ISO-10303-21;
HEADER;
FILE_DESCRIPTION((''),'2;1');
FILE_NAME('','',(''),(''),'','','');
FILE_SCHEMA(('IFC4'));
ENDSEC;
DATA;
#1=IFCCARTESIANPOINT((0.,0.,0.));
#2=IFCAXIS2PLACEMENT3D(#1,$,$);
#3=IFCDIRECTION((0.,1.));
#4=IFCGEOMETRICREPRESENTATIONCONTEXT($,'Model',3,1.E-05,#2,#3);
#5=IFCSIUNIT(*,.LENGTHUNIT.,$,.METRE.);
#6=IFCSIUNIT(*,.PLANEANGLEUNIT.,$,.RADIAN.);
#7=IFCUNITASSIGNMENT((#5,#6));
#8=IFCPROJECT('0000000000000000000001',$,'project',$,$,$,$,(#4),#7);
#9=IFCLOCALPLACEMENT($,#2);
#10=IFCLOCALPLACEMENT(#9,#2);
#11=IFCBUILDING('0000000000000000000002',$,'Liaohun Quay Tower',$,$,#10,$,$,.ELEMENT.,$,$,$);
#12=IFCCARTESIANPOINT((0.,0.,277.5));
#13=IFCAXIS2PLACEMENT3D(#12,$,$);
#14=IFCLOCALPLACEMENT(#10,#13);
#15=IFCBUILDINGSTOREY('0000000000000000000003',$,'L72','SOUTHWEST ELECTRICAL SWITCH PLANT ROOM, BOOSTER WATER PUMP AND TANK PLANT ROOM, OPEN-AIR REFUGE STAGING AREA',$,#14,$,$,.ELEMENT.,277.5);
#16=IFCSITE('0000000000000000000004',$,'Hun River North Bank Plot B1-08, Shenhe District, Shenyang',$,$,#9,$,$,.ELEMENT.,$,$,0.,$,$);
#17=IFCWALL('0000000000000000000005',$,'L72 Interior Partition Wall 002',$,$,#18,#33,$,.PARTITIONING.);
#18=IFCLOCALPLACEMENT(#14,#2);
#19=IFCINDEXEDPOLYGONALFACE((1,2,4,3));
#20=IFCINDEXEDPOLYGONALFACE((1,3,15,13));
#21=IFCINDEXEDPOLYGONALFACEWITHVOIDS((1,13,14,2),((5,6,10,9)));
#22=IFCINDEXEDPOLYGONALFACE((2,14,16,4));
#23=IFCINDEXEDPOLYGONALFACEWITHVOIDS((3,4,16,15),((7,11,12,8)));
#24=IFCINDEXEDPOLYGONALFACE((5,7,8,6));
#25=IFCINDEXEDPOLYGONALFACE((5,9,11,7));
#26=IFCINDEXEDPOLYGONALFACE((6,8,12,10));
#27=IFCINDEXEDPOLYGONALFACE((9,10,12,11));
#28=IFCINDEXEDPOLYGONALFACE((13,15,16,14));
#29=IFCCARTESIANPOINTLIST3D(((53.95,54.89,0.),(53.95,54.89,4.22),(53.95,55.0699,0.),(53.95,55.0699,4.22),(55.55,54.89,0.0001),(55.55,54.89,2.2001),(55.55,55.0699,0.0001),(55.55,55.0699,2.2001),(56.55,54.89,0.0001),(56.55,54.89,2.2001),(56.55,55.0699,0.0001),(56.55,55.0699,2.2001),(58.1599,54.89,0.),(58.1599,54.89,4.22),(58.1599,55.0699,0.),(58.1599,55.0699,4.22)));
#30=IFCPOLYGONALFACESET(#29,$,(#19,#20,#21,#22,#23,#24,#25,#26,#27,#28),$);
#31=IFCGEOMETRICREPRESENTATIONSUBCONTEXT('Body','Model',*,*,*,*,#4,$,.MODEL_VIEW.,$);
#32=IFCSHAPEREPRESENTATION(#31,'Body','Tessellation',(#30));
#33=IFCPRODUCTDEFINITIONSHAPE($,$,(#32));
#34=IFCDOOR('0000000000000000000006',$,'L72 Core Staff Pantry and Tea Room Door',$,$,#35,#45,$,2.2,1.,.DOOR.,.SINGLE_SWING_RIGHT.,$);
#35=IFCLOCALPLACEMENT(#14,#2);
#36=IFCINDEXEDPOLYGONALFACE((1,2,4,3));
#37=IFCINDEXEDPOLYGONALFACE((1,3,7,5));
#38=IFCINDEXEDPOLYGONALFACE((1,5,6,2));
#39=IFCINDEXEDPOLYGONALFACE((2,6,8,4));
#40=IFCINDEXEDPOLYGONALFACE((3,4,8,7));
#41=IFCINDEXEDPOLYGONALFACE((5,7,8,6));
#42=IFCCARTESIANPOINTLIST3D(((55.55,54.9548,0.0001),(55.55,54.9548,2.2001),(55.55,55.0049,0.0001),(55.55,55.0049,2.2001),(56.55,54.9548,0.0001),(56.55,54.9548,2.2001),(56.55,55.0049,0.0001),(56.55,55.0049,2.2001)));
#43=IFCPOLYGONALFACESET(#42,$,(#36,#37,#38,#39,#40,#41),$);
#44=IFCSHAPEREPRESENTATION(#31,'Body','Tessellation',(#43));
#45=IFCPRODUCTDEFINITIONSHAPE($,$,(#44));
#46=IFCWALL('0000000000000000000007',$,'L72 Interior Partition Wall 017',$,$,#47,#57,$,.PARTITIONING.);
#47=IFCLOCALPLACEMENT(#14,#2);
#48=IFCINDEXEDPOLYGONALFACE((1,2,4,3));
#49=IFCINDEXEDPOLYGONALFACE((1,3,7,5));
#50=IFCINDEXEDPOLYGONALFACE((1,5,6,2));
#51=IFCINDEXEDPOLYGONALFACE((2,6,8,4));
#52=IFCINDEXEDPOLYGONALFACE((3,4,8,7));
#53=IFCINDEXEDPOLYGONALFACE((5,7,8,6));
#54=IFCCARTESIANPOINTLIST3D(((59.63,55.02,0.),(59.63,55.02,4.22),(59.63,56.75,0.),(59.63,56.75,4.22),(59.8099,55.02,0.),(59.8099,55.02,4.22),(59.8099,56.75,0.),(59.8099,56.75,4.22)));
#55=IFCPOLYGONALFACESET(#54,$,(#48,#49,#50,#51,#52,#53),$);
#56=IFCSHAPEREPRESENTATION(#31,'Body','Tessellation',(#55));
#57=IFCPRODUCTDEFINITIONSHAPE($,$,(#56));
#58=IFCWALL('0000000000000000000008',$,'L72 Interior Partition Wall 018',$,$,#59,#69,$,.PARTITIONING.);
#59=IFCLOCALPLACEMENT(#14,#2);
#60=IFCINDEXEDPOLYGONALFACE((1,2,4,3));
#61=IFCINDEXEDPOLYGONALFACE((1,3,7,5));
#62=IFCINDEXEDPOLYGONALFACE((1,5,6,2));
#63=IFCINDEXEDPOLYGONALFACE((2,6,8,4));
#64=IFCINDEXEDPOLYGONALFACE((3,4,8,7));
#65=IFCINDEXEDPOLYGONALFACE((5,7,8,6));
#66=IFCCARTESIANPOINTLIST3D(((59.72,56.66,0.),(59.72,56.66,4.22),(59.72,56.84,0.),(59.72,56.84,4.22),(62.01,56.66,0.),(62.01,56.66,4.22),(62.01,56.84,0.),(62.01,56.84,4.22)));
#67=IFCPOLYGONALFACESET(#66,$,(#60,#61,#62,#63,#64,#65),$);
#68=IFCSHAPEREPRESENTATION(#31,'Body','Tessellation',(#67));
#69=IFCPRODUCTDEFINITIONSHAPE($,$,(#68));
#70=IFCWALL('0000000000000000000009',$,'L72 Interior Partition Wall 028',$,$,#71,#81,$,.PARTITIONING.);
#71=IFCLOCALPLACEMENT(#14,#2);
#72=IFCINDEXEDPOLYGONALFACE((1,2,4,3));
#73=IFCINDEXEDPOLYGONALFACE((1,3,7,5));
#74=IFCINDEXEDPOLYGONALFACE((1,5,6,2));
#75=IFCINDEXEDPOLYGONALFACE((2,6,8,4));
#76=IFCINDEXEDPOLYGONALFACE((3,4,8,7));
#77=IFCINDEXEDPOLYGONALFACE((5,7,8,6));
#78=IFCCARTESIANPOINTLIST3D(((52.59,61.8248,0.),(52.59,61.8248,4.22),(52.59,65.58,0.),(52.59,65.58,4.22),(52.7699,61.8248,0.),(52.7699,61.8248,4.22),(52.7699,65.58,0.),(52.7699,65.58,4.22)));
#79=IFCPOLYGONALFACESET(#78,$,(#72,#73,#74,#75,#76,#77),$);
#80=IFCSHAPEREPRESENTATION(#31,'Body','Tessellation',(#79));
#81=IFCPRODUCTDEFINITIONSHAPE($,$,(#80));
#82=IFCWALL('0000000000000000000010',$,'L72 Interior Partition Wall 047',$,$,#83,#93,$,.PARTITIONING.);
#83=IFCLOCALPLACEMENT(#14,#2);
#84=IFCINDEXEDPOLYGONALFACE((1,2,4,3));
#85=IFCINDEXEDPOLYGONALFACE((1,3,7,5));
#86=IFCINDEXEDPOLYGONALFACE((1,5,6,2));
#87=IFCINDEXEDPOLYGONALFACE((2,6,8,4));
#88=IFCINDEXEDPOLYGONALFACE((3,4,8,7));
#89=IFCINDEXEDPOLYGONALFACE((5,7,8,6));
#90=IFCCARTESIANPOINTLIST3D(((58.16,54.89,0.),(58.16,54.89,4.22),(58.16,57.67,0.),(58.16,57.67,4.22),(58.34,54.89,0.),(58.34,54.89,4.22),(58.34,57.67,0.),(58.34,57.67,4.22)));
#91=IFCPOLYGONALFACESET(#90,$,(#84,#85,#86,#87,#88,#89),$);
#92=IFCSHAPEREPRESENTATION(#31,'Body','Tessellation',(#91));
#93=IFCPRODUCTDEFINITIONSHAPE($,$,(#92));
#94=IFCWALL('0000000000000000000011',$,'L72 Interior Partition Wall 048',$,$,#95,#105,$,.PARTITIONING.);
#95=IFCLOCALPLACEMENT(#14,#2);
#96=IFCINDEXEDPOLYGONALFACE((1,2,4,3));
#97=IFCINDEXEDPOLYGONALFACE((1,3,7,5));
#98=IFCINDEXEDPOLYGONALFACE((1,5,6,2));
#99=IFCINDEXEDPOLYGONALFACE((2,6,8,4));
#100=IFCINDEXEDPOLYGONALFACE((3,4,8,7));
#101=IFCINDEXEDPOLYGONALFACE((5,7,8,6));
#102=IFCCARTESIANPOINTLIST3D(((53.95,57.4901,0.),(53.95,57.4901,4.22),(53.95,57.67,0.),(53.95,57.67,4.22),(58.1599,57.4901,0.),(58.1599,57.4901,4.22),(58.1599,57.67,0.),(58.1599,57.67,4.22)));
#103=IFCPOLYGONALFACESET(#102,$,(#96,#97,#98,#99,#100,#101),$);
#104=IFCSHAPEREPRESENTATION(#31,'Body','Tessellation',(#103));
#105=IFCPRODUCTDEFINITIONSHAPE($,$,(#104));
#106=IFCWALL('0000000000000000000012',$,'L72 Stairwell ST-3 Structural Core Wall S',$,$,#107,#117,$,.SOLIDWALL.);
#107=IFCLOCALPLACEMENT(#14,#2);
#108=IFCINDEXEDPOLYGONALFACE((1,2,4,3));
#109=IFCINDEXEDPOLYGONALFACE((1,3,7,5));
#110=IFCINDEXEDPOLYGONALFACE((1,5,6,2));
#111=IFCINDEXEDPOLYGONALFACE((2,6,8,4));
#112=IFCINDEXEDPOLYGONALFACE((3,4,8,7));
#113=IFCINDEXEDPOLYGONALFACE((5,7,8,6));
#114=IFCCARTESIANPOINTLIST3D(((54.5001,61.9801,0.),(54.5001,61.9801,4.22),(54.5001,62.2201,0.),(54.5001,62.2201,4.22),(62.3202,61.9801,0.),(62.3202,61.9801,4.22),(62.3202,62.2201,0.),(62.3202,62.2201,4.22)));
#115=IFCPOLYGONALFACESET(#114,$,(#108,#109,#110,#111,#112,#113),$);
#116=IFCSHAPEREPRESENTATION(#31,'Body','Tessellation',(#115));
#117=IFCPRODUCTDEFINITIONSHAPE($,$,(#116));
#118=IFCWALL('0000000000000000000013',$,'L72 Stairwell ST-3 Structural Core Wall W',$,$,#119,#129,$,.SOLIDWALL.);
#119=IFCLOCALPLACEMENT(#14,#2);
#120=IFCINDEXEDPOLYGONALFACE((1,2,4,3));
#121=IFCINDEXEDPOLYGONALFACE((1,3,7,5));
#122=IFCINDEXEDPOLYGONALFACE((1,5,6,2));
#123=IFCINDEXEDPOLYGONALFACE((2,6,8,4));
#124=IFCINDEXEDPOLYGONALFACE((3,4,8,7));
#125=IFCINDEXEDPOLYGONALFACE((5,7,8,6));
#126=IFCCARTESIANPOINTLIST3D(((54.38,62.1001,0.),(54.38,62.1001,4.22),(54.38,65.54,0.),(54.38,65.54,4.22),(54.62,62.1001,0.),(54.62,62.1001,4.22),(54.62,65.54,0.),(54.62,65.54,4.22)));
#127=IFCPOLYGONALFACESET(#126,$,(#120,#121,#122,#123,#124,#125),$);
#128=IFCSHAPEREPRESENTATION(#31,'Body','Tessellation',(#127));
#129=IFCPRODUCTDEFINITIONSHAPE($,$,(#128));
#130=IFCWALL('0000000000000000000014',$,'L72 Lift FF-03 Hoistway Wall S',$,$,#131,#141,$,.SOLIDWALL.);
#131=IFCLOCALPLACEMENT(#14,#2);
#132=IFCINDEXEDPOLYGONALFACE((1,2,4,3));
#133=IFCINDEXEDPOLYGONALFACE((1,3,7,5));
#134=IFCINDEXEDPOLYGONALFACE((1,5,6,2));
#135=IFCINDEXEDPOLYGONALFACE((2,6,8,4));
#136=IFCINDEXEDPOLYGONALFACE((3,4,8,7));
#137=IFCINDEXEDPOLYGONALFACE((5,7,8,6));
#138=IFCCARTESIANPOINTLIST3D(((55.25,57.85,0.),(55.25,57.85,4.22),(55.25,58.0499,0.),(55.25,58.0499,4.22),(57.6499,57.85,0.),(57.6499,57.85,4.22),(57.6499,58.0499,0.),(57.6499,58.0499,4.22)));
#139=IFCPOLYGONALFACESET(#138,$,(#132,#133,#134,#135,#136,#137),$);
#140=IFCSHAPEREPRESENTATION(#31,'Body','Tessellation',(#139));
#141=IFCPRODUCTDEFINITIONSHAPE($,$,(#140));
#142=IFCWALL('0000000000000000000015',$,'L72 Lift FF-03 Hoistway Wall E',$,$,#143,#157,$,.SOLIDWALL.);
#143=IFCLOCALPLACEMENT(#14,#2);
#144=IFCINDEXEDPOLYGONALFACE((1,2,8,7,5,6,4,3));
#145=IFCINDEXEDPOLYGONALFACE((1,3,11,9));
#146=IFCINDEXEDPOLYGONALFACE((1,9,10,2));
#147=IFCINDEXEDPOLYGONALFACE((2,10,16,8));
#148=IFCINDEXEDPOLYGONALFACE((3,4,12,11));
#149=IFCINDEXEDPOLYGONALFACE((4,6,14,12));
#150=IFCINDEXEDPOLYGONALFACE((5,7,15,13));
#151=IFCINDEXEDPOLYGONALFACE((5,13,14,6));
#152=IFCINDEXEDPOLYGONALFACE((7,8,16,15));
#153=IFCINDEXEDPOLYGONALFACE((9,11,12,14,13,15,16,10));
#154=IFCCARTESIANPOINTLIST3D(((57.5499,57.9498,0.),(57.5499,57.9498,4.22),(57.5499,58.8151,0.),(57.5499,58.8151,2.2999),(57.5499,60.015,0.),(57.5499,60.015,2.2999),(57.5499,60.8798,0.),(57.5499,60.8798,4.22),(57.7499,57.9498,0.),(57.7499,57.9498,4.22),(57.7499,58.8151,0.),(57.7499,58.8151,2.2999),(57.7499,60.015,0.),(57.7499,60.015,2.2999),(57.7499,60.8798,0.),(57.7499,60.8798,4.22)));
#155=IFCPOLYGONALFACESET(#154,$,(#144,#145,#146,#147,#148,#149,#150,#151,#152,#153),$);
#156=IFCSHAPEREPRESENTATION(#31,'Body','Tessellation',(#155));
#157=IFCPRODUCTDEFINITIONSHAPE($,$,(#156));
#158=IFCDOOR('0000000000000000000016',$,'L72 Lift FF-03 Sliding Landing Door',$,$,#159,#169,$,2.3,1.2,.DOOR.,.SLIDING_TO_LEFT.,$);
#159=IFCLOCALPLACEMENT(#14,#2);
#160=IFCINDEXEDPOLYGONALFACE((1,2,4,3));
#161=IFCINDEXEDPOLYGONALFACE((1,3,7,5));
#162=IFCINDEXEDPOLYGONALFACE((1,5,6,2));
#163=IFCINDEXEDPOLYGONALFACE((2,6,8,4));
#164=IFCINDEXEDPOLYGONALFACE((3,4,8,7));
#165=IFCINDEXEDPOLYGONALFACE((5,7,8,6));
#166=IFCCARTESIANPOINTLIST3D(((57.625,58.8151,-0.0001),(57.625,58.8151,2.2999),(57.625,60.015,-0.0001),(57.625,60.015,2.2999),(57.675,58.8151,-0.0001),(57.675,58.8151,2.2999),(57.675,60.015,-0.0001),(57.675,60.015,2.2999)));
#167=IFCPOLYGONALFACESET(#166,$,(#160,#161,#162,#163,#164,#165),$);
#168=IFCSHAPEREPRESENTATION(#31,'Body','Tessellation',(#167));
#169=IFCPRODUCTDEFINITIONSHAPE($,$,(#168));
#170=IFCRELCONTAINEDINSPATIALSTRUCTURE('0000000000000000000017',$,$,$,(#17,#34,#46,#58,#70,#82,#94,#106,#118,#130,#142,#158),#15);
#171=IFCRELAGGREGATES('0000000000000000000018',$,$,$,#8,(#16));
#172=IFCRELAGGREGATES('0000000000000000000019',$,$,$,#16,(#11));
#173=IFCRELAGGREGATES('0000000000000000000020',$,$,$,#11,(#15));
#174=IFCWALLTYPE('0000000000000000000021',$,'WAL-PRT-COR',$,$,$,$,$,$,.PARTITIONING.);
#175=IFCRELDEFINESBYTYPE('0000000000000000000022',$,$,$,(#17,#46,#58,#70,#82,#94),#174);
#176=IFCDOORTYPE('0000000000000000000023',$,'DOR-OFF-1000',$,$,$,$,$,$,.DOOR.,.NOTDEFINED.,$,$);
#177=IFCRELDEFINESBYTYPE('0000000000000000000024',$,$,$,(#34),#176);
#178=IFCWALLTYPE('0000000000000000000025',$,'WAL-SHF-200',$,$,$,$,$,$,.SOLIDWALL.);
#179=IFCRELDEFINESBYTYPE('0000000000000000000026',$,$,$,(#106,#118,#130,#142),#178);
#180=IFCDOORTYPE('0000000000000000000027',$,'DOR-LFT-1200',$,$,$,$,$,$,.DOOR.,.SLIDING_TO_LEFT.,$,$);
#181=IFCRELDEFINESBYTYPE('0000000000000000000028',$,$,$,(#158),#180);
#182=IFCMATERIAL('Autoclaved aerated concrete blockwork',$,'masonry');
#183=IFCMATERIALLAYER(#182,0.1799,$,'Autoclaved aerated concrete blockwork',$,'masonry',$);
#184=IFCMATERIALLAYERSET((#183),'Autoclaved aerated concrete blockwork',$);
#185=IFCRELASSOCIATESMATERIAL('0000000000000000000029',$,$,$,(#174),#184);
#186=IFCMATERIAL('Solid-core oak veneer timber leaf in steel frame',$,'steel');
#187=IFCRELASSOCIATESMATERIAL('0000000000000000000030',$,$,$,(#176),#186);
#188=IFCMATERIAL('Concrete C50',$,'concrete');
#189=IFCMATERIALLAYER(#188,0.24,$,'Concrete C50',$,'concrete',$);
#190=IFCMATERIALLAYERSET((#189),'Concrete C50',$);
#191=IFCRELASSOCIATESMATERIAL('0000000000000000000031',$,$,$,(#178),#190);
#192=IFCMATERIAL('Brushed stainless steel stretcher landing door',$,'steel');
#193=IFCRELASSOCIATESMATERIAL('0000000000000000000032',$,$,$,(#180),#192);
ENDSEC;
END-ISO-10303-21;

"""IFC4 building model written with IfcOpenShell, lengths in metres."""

from ifc_helpers import new_model, si_unit, direction, frame, frame_2d, origin, place, context, subcontext, project, spatial, rectangle, extrude, source, transform, mapped, material, layer, layer_set, type_object, element, fill, save


model = new_model("IFC4")

# Units and contexts
model_context = context("Model", 3, precision=1e-05, world=origin(), true_north=direction((0.0, 1.0)))
body_context = subcontext(model_context, "Body", "Model", "MODEL_VIEW")
ifc_project = project(units=[si_unit("LENGTHUNIT", "METRE"), si_unit("PLANEANGLEUNIT", "RADIAN")], contexts=[model_context])

# Site, building, storey
site_placement = place(None, origin())
site = spatial("IfcSite", under=ifc_project, at=site_placement, Name="Hun River North Bank Plot B1-08, Shenhe District, Shenyang", CompositionType="ELEMENT", RefElevation=0.0)
building_placement = place(site_placement, origin())
building = spatial("IfcBuilding", under=site, at=building_placement, Name="Liaohun Quay Tower", CompositionType="ELEMENT")
storey_placement = place(building_placement, frame((0.0, 0.0, 277.5)))
storey = spatial("IfcBuildingStorey", under=building, at=storey_placement, Name="L72", Description="SOUTHWEST ELECTRICAL SWITCH PLANT ROOM, BOOSTER WATER PUMP AND TANK PLANT ROOM, OPEN-AIR REFUGE STAGING AREA", CompositionType="ELEMENT", Elevation=277.5)

# Wall, opening, door
ifc_material_1 = material(Name="Autoclaved aerated concrete blockwork", Category="masonry")
ifc_layer_1 = layer(ifc_material_1, 0.1799, Name="Autoclaved aerated concrete blockwork", Category="masonry")
ifc_layer_set_1 = layer_set([ifc_layer_1], Name="Autoclaved aerated concrete blockwork")
wall_type_1 = type_object("IfcWallType", Name="WAL-PRT-COR", PredefinedType="PARTITIONING", material=ifc_layer_set_1)
wall_1_placement = place(storey_placement, frame((53.95, 54.98, 0.0), z_axis=(0.0, 0.0, 1.0), x_axis=(1.0, 0.0, 0.0)))
wall_1 = element("IfcWall", 1, at=wall_1_placement, inside=storey, type_object=wall_type_1, Name="L72 Interior Partition Wall 002", PredefinedType="PARTITIONING", context=body_context, shape_type="SweptSolid", body=[
    extrude(rectangle(XDim=4.21, YDim=0.1799, at=frame_2d((2.105, 0.0))), origin(), (0.0, 0.0, 1.0), 4.22),
])
shared_shape_1 = source(origin(), body_context, "Body", "SweptSolid", [
    extrude(rectangle(XDim=1.0, YDim=2.2, at=frame_2d((0.5, 1.1001))), frame((0.0, 0.0999, 0.0), z_axis=(0.0, -1.0, 0.0), x_axis=(1.0, 0.0, 0.0)), (0.0, 0.0, 1.0), 0.2),
])
opening_1_placement = place(wall_1_placement, frame((1.6001, 0.0, 0.0)))
opening_1 = element("IfcOpeningElement", 2, at=opening_1_placement, cuts=wall_1, PredefinedType="OPENING", context=body_context, shape_type="MappedRepresentation", body=[
    mapped(shared_shape_1, transform((0.0, 0.0, 0.0), x_axis=(1.0, 0.0, 0.0), y_axis=(0.0, 1.0, 0.0), z_axis=(0.0, 0.0, 1.0), scale=1.0)),
])
ifc_material_2 = material(Name="Solid-core oak veneer timber leaf in steel frame", Category="steel")
door_type_1 = type_object("IfcDoorType", Name="DOR-OFF-1000", OperationType="NOTDEFINED", PredefinedType="DOOR", material=ifc_material_2)
shared_shape_2 = source(origin(), body_context, "Body", "SweptSolid", [
    extrude(rectangle(XDim=1.0, YDim=2.2, at=frame_2d((0.5, 1.1001))), frame((0.0, 0.0249, 0.0), z_axis=(0.0, -1.0, 0.0), x_axis=(1.0, 0.0, 0.0)), (0.0, 0.0, 1.0), 0.05),
])
door_1_placement = place(opening_1_placement, origin())
door_1 = element("IfcDoor", 3, at=door_1_placement, inside=storey, type_object=door_type_1, Name="L72 Core Staff Pantry and Tea Room Door", OperationType="SINGLE_SWING_RIGHT", OverallHeight=2.2, OverallWidth=1.0, PredefinedType="DOOR", context=body_context, shape_type="MappedRepresentation", body=[
    mapped(shared_shape_2, transform((0.0, 0.0, 0.0), x_axis=(1.0, 0.0, 0.0), y_axis=(0.0, 1.0, 0.0), z_axis=(0.0, 0.0, 1.0), scale=1.0)),
])
fill(opening_1, door_1)

# Walls
wall_2_placement = place(storey_placement, frame((59.72, 55.02, 0.0), z_axis=(0.0, 0.0, 1.0), x_axis=(0.0, 1.0, 0.0)))
element("IfcWall", 4, at=wall_2_placement, inside=storey, type_object=wall_type_1, Name="L72 Interior Partition Wall 017", PredefinedType="PARTITIONING", context=body_context, shape_type="SweptSolid", body=[
    extrude(rectangle(XDim=1.73, YDim=0.1799, at=frame_2d((0.865, 0.0))), origin(), (0.0, 0.0, 1.0), 4.22),
])
wall_3_placement = place(storey_placement, frame((59.72, 56.75, 0.0), z_axis=(0.0, 0.0, 1.0), x_axis=(1.0, 0.0, 0.0)))
element("IfcWall", 5, at=wall_3_placement, inside=storey, type_object=wall_type_1, Name="L72 Interior Partition Wall 018", PredefinedType="PARTITIONING", context=body_context, shape_type="SweptSolid", body=[
    extrude(rectangle(XDim=2.29, YDim=0.1799, at=frame_2d((1.145, 0.0))), origin(), (0.0, 0.0, 1.0), 4.22),
])
wall_4_placement = place(storey_placement, frame((52.6799, 61.825, 0.0), z_axis=(0.0, 0.0, 1.0), x_axis=(0.0, 1.0, 0.0)))
element("IfcWall", 6, at=wall_4_placement, inside=storey, type_object=wall_type_1, Name="L72 Interior Partition Wall 028", PredefinedType="PARTITIONING", context=body_context, shape_type="SweptSolid", body=[
    extrude(rectangle(XDim=3.7551, YDim=0.1799, at=frame_2d((1.8774, 0.0))), origin(), (0.0, 0.0, 1.0), 4.22),
])
wall_5_placement = place(storey_placement, frame((58.25, 54.8899, 0.0), z_axis=(0.0, 0.0, 1.0), x_axis=(0.0, 1.0, 0.0)))
element("IfcWall", 7, at=wall_5_placement, inside=storey, type_object=wall_type_1, Name="L72 Interior Partition Wall 047", PredefinedType="PARTITIONING", context=body_context, shape_type="SweptSolid", body=[
    extrude(rectangle(XDim=2.78, YDim=0.1799, at=frame_2d((1.3901, 0.0))), origin(), (0.0, 0.0, 1.0), 4.22),
])
wall_6_placement = place(storey_placement, frame((53.95, 57.5801, 0.0), z_axis=(0.0, 0.0, 1.0), x_axis=(1.0, 0.0, 0.0)))
element("IfcWall", 8, at=wall_6_placement, inside=storey, type_object=wall_type_1, Name="L72 Interior Partition Wall 048", PredefinedType="PARTITIONING", context=body_context, shape_type="SweptSolid", body=[
    extrude(rectangle(XDim=4.21, YDim=0.1799, at=frame_2d((2.105, 0.0))), origin(), (0.0, 0.0, 1.0), 4.22),
])
ifc_material_3 = material(Name="Concrete C50", Category="concrete")
ifc_layer_2 = layer(ifc_material_3, 0.24, Name="Concrete C50", Category="concrete")
ifc_layer_set_2 = layer_set([ifc_layer_2], Name="Concrete C50")
wall_type_2 = type_object("IfcWallType", Name="WAL-SHF-200", PredefinedType="SOLIDWALL", material=ifc_layer_set_2)
wall_7_placement = place(storey_placement, frame((54.5, 62.1001, 0.0), z_axis=(0.0, 0.0, 1.0), x_axis=(1.0, 0.0, 0.0)))
element("IfcWall", 9, at=wall_7_placement, inside=storey, type_object=wall_type_2, Name="L72 Stairwell ST-3 Structural Core Wall S", PredefinedType="SOLIDWALL", context=body_context, shape_type="SweptSolid", body=[
    extrude(rectangle(XDim=7.8201, YDim=0.24, at=frame_2d((3.9102, 0.0))), origin(), (0.0, 0.0, 1.0), 4.22),
])
wall_8_placement = place(storey_placement, frame((54.5, 65.54, 0.0), z_axis=(0.0, 0.0, 1.0), x_axis=(0.0, -1.0, 0.0)))
element("IfcWall", 10, at=wall_8_placement, inside=storey, type_object=wall_type_2, Name="L72 Stairwell ST-3 Structural Core Wall W", PredefinedType="SOLIDWALL", context=body_context, shape_type="SweptSolid", body=[
    extrude(rectangle(XDim=3.4399, YDim=0.24, at=frame_2d((1.72, 0.0))), origin(), (0.0, 0.0, 1.0), 4.22),
])
wall_9_placement = place(storey_placement, frame((55.25, 57.95, 0.0), z_axis=(0.0, 0.0, 1.0), x_axis=(1.0, 0.0, 0.0)))
element("IfcWall", 11, at=wall_9_placement, inside=storey, type_object=wall_type_2, Name="L72 Lift FF-03 Hoistway Wall S", PredefinedType="SOLIDWALL", context=body_context, shape_type="SweptSolid", body=[
    extrude(rectangle(XDim=2.3999, YDim=0.2, at=frame_2d((1.2, 0.0))), origin(), (0.0, 0.0, 1.0), 4.22),
])

# Wall, opening, door
wall_10_placement = place(storey_placement, frame((57.6499, 57.95, 0.0), z_axis=(0.0, 0.0, 1.0), x_axis=(0.0, 1.0, 0.0)))
wall_10 = element("IfcWall", 12, at=wall_10_placement, inside=storey, type_object=wall_type_2, Name="L72 Lift FF-03 Hoistway Wall E", PredefinedType="SOLIDWALL", context=body_context, shape_type="SweptSolid", body=[
    extrude(rectangle(XDim=2.9299, YDim=0.2, at=frame_2d((1.4648, 0.0))), origin(), (0.0, 0.0, 1.0), 4.22),
])
shared_shape_3 = source(origin(), body_context, "Body", "SweptSolid", [
    extrude(rectangle(XDim=1.2, YDim=2.3, at=frame_2d((0.6001, 1.1499))), frame((0.0, 0.1099, 0.0), z_axis=(0.0, -1.0, 0.0), x_axis=(1.0, 0.0, 0.0)), (0.0, 0.0, 1.0), 0.22),
])
opening_2_placement = place(wall_10_placement, frame((0.865, 0.0, 0.0)))
opening_2 = element("IfcOpeningElement", 13, at=opening_2_placement, cuts=wall_10, PredefinedType="OPENING", context=body_context, shape_type="MappedRepresentation", body=[
    mapped(shared_shape_3, transform((0.0, 0.0, 0.0), x_axis=(1.0, 0.0, 0.0), y_axis=(0.0, 1.0, 0.0), z_axis=(0.0, 0.0, 1.0), scale=1.0)),
])
ifc_material_4 = material(Name="Brushed stainless steel stretcher landing door", Category="steel")
door_type_2 = type_object("IfcDoorType", Name="DOR-LFT-1200", OperationType="SLIDING_TO_LEFT", PredefinedType="DOOR", material=ifc_material_4)
shared_shape_4 = source(origin(), body_context, "Body", "SweptSolid", [
    extrude(rectangle(XDim=1.2, YDim=2.3, at=frame_2d((0.6001, 1.1499))), frame((0.0, 0.0249, 0.0), z_axis=(0.0, -1.0, 0.0), x_axis=(1.0, 0.0, 0.0)), (0.0, 0.0, 1.0), 0.05),
])
door_2_placement = place(opening_2_placement, origin())
door_2 = element("IfcDoor", 14, at=door_2_placement, inside=storey, type_object=door_type_2, Name="L72 Lift FF-03 Sliding Landing Door", OperationType="SLIDING_TO_LEFT", OverallHeight=2.3, OverallWidth=1.2, PredefinedType="DOOR", context=body_context, shape_type="MappedRepresentation", body=[
    mapped(shared_shape_4, transform((0.0, 0.0, 0.0), x_axis=(1.0, 0.0, 0.0), y_axis=(0.0, 1.0, 0.0), z_axis=(0.0, 0.0, 1.0), scale=1.0)),
])
fill(opening_2, door_2)

save(model, "model.ifc")
